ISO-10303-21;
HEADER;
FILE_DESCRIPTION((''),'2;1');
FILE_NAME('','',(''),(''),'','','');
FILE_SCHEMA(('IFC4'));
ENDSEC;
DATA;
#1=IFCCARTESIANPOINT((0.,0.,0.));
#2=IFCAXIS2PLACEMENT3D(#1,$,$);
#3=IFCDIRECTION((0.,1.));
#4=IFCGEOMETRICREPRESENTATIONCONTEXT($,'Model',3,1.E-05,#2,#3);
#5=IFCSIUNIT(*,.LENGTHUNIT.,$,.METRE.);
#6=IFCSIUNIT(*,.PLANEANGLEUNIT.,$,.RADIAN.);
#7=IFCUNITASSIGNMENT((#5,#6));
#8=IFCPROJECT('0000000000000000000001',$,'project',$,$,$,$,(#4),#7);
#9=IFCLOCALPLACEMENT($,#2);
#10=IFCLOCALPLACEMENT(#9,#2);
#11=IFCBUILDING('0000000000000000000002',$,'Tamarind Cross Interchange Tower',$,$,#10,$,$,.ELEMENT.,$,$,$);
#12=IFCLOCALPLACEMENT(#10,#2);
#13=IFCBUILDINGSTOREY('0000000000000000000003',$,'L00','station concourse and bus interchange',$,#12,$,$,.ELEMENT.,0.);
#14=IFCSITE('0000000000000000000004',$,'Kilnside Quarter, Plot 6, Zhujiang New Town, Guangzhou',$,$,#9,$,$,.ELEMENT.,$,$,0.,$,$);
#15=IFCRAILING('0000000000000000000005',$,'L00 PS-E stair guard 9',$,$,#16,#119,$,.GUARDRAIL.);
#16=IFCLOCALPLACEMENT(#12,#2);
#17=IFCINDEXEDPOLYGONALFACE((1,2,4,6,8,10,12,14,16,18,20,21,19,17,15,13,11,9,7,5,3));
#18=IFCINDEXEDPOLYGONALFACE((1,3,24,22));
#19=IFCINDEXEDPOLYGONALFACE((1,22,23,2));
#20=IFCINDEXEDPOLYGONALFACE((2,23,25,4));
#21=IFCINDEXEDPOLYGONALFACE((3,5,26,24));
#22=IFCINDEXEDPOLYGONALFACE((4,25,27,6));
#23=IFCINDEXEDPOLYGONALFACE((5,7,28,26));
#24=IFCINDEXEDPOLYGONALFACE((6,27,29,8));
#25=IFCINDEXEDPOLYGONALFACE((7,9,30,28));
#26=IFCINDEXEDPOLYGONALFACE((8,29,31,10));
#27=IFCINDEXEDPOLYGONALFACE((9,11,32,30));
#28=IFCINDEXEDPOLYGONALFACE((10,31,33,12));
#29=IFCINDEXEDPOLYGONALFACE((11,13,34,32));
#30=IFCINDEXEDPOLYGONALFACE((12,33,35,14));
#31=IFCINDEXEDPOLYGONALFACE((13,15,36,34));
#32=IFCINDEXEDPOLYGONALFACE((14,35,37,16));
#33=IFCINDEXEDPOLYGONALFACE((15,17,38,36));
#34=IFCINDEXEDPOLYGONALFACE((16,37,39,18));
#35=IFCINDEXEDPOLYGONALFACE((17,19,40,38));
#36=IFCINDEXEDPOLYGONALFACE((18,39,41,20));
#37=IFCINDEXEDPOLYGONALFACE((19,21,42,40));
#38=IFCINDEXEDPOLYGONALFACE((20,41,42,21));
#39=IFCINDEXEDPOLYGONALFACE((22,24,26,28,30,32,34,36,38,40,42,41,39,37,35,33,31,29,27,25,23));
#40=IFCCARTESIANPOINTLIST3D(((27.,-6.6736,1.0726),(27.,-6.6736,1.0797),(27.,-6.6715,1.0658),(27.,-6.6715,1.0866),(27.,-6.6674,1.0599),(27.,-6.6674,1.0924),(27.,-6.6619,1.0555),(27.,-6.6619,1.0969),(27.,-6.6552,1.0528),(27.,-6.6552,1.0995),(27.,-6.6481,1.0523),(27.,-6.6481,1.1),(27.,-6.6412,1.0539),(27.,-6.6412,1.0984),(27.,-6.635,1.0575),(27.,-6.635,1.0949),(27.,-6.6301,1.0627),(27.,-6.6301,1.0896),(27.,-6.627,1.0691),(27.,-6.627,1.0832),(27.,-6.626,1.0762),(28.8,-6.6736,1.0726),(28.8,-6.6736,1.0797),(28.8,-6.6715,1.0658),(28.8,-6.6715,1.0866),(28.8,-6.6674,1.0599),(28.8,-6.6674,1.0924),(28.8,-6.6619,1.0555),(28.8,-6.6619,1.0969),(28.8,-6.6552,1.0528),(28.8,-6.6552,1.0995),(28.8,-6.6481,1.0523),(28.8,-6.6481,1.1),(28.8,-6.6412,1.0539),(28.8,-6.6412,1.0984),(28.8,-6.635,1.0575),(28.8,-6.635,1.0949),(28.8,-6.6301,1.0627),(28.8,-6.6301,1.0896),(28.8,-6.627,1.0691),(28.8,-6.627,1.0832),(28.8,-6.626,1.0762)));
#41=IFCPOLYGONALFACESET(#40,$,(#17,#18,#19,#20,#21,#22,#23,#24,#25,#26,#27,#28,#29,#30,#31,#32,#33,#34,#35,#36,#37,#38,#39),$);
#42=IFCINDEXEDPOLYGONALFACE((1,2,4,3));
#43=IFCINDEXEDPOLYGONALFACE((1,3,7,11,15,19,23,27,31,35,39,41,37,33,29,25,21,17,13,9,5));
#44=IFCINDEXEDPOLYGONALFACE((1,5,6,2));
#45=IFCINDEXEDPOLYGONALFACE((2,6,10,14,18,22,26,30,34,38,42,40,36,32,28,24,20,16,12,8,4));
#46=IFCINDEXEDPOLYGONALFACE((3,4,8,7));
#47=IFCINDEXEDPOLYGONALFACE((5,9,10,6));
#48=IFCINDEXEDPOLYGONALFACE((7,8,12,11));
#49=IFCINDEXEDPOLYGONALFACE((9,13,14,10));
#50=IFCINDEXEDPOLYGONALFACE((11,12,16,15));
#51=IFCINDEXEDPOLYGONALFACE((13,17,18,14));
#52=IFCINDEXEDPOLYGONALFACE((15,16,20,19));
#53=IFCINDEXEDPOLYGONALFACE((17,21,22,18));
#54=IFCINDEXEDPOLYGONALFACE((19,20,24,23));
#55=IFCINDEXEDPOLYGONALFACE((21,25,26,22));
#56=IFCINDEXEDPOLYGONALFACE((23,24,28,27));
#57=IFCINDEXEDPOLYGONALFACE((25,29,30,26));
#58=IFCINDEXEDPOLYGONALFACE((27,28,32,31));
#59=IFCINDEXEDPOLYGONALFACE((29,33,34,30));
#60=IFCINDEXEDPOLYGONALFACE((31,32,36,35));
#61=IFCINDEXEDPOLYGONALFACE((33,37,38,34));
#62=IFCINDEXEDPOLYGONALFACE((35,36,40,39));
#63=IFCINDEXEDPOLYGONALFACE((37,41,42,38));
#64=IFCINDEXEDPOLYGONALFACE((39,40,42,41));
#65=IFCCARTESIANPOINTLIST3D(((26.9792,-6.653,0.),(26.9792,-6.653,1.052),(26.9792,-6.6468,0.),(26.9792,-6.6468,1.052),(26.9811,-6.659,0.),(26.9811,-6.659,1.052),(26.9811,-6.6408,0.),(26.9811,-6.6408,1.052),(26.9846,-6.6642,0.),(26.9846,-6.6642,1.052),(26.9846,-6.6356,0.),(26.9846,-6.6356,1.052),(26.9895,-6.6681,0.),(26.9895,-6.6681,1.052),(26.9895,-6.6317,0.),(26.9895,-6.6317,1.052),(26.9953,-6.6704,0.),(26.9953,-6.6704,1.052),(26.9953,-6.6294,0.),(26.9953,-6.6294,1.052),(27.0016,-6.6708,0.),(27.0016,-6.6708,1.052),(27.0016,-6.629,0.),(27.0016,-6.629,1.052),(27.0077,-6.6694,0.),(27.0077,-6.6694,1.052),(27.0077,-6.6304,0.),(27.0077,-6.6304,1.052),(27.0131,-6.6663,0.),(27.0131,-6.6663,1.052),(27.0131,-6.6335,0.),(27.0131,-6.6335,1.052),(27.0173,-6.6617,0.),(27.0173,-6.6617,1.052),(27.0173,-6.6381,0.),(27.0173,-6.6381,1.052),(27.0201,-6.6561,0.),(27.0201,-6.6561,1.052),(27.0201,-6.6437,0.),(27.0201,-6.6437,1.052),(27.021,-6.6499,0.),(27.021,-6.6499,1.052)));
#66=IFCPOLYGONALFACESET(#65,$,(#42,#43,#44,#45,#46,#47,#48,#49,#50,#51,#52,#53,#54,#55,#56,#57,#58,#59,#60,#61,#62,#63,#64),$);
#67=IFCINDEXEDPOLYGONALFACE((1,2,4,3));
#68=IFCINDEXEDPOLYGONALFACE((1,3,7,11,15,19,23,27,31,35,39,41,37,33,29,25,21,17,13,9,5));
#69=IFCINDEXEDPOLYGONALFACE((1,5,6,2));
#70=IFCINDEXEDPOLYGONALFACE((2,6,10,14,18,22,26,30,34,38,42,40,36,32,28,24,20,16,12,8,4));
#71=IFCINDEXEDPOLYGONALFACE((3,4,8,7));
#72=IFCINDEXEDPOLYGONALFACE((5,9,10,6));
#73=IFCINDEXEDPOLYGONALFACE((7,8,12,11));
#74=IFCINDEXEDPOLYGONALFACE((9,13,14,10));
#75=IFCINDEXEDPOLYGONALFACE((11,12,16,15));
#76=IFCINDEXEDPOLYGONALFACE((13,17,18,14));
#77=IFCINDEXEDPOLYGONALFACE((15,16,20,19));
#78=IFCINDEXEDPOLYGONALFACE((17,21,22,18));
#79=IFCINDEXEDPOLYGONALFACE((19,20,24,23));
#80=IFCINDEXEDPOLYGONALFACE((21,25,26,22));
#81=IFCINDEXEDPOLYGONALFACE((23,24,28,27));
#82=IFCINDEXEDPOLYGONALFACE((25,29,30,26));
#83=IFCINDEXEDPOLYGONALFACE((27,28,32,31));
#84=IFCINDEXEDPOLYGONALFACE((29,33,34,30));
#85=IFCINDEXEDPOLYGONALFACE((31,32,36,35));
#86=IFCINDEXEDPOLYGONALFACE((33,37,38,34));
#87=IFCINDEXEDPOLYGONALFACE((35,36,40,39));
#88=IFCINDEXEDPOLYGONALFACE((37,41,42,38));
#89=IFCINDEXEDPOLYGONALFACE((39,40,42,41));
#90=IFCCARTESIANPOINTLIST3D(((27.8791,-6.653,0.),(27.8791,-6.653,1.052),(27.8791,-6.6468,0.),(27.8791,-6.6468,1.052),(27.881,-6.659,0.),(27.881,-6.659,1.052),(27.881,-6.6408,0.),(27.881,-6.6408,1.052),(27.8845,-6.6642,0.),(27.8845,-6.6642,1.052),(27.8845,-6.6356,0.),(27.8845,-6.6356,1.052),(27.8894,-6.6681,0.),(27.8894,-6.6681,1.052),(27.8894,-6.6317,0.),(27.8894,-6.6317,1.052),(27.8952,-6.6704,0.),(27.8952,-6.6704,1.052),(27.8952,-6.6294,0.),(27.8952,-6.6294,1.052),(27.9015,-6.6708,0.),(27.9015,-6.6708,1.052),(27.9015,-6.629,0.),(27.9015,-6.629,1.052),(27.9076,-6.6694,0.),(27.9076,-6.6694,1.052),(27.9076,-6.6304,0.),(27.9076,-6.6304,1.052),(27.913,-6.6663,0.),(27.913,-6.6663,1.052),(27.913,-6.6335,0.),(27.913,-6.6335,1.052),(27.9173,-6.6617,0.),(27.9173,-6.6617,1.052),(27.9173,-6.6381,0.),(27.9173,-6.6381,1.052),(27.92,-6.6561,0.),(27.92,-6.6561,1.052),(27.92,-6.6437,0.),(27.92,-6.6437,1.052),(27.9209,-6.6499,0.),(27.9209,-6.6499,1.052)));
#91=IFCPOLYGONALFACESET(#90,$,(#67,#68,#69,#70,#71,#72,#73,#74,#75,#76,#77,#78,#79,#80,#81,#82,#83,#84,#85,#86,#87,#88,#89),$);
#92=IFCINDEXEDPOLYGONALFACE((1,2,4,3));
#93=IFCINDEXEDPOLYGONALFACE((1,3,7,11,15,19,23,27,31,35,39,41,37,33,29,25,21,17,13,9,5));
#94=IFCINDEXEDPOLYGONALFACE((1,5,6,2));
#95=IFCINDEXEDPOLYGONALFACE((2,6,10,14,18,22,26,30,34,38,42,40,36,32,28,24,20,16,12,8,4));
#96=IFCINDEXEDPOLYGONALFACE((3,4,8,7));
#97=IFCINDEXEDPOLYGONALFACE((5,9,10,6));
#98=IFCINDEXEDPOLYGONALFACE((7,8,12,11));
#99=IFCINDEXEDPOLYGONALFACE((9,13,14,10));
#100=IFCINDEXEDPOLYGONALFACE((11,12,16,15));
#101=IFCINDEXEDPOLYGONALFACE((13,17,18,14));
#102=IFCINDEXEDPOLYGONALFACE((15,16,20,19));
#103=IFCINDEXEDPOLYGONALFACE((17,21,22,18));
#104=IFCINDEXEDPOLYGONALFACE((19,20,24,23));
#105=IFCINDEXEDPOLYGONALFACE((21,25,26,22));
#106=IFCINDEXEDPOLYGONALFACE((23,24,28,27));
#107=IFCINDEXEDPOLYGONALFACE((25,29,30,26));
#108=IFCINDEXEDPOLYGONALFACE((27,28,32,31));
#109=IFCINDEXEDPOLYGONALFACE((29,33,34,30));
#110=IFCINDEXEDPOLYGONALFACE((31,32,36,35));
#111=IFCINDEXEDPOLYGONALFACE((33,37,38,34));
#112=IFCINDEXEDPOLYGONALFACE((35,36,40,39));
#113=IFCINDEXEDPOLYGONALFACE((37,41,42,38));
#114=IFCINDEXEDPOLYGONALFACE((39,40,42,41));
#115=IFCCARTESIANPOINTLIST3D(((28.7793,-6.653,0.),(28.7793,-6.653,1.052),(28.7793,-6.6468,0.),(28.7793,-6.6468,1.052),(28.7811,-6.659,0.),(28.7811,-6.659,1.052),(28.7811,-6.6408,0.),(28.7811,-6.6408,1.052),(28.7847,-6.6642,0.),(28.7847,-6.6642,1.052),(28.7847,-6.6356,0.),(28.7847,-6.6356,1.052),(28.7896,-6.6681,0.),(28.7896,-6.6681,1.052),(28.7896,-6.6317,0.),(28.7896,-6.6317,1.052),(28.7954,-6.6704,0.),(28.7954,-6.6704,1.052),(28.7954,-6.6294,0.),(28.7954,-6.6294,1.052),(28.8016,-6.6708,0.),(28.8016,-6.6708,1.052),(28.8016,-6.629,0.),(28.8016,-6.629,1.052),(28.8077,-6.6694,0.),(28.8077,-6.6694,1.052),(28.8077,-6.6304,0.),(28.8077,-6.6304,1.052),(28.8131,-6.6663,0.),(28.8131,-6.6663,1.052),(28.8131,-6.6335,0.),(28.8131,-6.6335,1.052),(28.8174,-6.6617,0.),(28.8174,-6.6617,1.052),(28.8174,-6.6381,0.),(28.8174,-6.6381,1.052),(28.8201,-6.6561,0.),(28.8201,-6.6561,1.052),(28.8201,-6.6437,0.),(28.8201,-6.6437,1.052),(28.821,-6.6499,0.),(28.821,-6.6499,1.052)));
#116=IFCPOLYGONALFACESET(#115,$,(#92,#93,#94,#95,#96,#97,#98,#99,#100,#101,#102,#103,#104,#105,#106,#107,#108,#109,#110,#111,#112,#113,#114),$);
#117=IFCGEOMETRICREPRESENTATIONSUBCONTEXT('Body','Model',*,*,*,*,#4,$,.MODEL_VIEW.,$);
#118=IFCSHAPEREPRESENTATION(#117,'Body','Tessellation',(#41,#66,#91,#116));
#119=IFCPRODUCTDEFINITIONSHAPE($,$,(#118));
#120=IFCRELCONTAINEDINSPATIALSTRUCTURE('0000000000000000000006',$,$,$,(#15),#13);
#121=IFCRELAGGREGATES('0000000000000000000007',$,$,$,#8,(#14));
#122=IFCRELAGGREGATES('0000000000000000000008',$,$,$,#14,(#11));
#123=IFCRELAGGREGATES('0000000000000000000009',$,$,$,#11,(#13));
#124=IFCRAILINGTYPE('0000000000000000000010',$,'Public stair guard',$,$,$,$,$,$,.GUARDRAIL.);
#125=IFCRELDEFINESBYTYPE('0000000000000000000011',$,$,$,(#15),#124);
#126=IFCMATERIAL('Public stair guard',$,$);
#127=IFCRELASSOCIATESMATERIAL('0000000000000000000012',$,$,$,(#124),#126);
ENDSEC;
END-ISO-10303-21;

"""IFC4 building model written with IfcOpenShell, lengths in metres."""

from ifc_helpers import new_model, si_unit, direction, frame, origin, origin_2d, place, context, subcontext, project, spatial, circle, extrude, material, type_object, element, save


model = new_model("IFC4")

# Units and contexts
model_context = context("Model", 3, precision=1e-05, world=origin(), true_north=direction((0.0, 1.0)))
body_context = subcontext(model_context, "Body", "Model", "MODEL_VIEW")
ifc_project = project(units=[si_unit("LENGTHUNIT", "METRE"), si_unit("PLANEANGLEUNIT", "RADIAN")], contexts=[model_context])

# Site, building, storey
site_placement = place(None, origin())
site = spatial("IfcSite", under=ifc_project, at=site_placement, Name="Kilnside Quarter, Plot 6, Zhujiang New Town, Guangzhou", CompositionType="ELEMENT", RefElevation=0.0)
building_placement = place(site_placement, origin())
building = spatial("IfcBuilding", under=site, at=building_placement, Name="Tamarind Cross Interchange Tower", CompositionType="ELEMENT")
storey_placement = place(building_placement, origin())
storey = spatial("IfcBuildingStorey", under=building, at=storey_placement, Name="L00", Description="station concourse and bus interchange", CompositionType="ELEMENT", Elevation=0.0)

# Railing
ifc_material_1 = material(Name="Public stair guard")
railing_type_1 = type_object("IfcRailingType", Name="Public stair guard", PredefinedType="GUARDRAIL", material=ifc_material_1)
for number, where, name in (
    (1, (27.0, -6.6499, 0.0), "L00 PS-E stair guard 9"),
):
    element("IfcRailing", number, at=place(storey_placement, frame(where)), inside=storey, type_object=railing_type_1, Name=name, PredefinedType="GUARDRAIL", context=body_context, shape_type="SweptSolid", body=[
        extrude(circle(Radius=0.0239, at=origin_2d()), frame((0.0, 0.0, 1.0762), z_axis=(1.0, 0.0, 0.0), x_axis=(0.0, 1.0, 0.0)), (0.0, 0.0, 1.0), 1.8),
        extrude(circle(Radius=0.021, at=origin_2d()), origin(), (0.0, 0.0, 1.0), 1.052),
        extrude(circle(Radius=0.021, at=origin_2d()), frame((0.8999, 0.0, 0.0)), (0.0, 0.0, 1.0), 1.052),
        extrude(circle(Radius=0.021, at=origin_2d()), frame((1.8, 0.0, 0.0)), (0.0, 0.0, 1.0), 1.052),
    ])

save(model, "model.ifc")
